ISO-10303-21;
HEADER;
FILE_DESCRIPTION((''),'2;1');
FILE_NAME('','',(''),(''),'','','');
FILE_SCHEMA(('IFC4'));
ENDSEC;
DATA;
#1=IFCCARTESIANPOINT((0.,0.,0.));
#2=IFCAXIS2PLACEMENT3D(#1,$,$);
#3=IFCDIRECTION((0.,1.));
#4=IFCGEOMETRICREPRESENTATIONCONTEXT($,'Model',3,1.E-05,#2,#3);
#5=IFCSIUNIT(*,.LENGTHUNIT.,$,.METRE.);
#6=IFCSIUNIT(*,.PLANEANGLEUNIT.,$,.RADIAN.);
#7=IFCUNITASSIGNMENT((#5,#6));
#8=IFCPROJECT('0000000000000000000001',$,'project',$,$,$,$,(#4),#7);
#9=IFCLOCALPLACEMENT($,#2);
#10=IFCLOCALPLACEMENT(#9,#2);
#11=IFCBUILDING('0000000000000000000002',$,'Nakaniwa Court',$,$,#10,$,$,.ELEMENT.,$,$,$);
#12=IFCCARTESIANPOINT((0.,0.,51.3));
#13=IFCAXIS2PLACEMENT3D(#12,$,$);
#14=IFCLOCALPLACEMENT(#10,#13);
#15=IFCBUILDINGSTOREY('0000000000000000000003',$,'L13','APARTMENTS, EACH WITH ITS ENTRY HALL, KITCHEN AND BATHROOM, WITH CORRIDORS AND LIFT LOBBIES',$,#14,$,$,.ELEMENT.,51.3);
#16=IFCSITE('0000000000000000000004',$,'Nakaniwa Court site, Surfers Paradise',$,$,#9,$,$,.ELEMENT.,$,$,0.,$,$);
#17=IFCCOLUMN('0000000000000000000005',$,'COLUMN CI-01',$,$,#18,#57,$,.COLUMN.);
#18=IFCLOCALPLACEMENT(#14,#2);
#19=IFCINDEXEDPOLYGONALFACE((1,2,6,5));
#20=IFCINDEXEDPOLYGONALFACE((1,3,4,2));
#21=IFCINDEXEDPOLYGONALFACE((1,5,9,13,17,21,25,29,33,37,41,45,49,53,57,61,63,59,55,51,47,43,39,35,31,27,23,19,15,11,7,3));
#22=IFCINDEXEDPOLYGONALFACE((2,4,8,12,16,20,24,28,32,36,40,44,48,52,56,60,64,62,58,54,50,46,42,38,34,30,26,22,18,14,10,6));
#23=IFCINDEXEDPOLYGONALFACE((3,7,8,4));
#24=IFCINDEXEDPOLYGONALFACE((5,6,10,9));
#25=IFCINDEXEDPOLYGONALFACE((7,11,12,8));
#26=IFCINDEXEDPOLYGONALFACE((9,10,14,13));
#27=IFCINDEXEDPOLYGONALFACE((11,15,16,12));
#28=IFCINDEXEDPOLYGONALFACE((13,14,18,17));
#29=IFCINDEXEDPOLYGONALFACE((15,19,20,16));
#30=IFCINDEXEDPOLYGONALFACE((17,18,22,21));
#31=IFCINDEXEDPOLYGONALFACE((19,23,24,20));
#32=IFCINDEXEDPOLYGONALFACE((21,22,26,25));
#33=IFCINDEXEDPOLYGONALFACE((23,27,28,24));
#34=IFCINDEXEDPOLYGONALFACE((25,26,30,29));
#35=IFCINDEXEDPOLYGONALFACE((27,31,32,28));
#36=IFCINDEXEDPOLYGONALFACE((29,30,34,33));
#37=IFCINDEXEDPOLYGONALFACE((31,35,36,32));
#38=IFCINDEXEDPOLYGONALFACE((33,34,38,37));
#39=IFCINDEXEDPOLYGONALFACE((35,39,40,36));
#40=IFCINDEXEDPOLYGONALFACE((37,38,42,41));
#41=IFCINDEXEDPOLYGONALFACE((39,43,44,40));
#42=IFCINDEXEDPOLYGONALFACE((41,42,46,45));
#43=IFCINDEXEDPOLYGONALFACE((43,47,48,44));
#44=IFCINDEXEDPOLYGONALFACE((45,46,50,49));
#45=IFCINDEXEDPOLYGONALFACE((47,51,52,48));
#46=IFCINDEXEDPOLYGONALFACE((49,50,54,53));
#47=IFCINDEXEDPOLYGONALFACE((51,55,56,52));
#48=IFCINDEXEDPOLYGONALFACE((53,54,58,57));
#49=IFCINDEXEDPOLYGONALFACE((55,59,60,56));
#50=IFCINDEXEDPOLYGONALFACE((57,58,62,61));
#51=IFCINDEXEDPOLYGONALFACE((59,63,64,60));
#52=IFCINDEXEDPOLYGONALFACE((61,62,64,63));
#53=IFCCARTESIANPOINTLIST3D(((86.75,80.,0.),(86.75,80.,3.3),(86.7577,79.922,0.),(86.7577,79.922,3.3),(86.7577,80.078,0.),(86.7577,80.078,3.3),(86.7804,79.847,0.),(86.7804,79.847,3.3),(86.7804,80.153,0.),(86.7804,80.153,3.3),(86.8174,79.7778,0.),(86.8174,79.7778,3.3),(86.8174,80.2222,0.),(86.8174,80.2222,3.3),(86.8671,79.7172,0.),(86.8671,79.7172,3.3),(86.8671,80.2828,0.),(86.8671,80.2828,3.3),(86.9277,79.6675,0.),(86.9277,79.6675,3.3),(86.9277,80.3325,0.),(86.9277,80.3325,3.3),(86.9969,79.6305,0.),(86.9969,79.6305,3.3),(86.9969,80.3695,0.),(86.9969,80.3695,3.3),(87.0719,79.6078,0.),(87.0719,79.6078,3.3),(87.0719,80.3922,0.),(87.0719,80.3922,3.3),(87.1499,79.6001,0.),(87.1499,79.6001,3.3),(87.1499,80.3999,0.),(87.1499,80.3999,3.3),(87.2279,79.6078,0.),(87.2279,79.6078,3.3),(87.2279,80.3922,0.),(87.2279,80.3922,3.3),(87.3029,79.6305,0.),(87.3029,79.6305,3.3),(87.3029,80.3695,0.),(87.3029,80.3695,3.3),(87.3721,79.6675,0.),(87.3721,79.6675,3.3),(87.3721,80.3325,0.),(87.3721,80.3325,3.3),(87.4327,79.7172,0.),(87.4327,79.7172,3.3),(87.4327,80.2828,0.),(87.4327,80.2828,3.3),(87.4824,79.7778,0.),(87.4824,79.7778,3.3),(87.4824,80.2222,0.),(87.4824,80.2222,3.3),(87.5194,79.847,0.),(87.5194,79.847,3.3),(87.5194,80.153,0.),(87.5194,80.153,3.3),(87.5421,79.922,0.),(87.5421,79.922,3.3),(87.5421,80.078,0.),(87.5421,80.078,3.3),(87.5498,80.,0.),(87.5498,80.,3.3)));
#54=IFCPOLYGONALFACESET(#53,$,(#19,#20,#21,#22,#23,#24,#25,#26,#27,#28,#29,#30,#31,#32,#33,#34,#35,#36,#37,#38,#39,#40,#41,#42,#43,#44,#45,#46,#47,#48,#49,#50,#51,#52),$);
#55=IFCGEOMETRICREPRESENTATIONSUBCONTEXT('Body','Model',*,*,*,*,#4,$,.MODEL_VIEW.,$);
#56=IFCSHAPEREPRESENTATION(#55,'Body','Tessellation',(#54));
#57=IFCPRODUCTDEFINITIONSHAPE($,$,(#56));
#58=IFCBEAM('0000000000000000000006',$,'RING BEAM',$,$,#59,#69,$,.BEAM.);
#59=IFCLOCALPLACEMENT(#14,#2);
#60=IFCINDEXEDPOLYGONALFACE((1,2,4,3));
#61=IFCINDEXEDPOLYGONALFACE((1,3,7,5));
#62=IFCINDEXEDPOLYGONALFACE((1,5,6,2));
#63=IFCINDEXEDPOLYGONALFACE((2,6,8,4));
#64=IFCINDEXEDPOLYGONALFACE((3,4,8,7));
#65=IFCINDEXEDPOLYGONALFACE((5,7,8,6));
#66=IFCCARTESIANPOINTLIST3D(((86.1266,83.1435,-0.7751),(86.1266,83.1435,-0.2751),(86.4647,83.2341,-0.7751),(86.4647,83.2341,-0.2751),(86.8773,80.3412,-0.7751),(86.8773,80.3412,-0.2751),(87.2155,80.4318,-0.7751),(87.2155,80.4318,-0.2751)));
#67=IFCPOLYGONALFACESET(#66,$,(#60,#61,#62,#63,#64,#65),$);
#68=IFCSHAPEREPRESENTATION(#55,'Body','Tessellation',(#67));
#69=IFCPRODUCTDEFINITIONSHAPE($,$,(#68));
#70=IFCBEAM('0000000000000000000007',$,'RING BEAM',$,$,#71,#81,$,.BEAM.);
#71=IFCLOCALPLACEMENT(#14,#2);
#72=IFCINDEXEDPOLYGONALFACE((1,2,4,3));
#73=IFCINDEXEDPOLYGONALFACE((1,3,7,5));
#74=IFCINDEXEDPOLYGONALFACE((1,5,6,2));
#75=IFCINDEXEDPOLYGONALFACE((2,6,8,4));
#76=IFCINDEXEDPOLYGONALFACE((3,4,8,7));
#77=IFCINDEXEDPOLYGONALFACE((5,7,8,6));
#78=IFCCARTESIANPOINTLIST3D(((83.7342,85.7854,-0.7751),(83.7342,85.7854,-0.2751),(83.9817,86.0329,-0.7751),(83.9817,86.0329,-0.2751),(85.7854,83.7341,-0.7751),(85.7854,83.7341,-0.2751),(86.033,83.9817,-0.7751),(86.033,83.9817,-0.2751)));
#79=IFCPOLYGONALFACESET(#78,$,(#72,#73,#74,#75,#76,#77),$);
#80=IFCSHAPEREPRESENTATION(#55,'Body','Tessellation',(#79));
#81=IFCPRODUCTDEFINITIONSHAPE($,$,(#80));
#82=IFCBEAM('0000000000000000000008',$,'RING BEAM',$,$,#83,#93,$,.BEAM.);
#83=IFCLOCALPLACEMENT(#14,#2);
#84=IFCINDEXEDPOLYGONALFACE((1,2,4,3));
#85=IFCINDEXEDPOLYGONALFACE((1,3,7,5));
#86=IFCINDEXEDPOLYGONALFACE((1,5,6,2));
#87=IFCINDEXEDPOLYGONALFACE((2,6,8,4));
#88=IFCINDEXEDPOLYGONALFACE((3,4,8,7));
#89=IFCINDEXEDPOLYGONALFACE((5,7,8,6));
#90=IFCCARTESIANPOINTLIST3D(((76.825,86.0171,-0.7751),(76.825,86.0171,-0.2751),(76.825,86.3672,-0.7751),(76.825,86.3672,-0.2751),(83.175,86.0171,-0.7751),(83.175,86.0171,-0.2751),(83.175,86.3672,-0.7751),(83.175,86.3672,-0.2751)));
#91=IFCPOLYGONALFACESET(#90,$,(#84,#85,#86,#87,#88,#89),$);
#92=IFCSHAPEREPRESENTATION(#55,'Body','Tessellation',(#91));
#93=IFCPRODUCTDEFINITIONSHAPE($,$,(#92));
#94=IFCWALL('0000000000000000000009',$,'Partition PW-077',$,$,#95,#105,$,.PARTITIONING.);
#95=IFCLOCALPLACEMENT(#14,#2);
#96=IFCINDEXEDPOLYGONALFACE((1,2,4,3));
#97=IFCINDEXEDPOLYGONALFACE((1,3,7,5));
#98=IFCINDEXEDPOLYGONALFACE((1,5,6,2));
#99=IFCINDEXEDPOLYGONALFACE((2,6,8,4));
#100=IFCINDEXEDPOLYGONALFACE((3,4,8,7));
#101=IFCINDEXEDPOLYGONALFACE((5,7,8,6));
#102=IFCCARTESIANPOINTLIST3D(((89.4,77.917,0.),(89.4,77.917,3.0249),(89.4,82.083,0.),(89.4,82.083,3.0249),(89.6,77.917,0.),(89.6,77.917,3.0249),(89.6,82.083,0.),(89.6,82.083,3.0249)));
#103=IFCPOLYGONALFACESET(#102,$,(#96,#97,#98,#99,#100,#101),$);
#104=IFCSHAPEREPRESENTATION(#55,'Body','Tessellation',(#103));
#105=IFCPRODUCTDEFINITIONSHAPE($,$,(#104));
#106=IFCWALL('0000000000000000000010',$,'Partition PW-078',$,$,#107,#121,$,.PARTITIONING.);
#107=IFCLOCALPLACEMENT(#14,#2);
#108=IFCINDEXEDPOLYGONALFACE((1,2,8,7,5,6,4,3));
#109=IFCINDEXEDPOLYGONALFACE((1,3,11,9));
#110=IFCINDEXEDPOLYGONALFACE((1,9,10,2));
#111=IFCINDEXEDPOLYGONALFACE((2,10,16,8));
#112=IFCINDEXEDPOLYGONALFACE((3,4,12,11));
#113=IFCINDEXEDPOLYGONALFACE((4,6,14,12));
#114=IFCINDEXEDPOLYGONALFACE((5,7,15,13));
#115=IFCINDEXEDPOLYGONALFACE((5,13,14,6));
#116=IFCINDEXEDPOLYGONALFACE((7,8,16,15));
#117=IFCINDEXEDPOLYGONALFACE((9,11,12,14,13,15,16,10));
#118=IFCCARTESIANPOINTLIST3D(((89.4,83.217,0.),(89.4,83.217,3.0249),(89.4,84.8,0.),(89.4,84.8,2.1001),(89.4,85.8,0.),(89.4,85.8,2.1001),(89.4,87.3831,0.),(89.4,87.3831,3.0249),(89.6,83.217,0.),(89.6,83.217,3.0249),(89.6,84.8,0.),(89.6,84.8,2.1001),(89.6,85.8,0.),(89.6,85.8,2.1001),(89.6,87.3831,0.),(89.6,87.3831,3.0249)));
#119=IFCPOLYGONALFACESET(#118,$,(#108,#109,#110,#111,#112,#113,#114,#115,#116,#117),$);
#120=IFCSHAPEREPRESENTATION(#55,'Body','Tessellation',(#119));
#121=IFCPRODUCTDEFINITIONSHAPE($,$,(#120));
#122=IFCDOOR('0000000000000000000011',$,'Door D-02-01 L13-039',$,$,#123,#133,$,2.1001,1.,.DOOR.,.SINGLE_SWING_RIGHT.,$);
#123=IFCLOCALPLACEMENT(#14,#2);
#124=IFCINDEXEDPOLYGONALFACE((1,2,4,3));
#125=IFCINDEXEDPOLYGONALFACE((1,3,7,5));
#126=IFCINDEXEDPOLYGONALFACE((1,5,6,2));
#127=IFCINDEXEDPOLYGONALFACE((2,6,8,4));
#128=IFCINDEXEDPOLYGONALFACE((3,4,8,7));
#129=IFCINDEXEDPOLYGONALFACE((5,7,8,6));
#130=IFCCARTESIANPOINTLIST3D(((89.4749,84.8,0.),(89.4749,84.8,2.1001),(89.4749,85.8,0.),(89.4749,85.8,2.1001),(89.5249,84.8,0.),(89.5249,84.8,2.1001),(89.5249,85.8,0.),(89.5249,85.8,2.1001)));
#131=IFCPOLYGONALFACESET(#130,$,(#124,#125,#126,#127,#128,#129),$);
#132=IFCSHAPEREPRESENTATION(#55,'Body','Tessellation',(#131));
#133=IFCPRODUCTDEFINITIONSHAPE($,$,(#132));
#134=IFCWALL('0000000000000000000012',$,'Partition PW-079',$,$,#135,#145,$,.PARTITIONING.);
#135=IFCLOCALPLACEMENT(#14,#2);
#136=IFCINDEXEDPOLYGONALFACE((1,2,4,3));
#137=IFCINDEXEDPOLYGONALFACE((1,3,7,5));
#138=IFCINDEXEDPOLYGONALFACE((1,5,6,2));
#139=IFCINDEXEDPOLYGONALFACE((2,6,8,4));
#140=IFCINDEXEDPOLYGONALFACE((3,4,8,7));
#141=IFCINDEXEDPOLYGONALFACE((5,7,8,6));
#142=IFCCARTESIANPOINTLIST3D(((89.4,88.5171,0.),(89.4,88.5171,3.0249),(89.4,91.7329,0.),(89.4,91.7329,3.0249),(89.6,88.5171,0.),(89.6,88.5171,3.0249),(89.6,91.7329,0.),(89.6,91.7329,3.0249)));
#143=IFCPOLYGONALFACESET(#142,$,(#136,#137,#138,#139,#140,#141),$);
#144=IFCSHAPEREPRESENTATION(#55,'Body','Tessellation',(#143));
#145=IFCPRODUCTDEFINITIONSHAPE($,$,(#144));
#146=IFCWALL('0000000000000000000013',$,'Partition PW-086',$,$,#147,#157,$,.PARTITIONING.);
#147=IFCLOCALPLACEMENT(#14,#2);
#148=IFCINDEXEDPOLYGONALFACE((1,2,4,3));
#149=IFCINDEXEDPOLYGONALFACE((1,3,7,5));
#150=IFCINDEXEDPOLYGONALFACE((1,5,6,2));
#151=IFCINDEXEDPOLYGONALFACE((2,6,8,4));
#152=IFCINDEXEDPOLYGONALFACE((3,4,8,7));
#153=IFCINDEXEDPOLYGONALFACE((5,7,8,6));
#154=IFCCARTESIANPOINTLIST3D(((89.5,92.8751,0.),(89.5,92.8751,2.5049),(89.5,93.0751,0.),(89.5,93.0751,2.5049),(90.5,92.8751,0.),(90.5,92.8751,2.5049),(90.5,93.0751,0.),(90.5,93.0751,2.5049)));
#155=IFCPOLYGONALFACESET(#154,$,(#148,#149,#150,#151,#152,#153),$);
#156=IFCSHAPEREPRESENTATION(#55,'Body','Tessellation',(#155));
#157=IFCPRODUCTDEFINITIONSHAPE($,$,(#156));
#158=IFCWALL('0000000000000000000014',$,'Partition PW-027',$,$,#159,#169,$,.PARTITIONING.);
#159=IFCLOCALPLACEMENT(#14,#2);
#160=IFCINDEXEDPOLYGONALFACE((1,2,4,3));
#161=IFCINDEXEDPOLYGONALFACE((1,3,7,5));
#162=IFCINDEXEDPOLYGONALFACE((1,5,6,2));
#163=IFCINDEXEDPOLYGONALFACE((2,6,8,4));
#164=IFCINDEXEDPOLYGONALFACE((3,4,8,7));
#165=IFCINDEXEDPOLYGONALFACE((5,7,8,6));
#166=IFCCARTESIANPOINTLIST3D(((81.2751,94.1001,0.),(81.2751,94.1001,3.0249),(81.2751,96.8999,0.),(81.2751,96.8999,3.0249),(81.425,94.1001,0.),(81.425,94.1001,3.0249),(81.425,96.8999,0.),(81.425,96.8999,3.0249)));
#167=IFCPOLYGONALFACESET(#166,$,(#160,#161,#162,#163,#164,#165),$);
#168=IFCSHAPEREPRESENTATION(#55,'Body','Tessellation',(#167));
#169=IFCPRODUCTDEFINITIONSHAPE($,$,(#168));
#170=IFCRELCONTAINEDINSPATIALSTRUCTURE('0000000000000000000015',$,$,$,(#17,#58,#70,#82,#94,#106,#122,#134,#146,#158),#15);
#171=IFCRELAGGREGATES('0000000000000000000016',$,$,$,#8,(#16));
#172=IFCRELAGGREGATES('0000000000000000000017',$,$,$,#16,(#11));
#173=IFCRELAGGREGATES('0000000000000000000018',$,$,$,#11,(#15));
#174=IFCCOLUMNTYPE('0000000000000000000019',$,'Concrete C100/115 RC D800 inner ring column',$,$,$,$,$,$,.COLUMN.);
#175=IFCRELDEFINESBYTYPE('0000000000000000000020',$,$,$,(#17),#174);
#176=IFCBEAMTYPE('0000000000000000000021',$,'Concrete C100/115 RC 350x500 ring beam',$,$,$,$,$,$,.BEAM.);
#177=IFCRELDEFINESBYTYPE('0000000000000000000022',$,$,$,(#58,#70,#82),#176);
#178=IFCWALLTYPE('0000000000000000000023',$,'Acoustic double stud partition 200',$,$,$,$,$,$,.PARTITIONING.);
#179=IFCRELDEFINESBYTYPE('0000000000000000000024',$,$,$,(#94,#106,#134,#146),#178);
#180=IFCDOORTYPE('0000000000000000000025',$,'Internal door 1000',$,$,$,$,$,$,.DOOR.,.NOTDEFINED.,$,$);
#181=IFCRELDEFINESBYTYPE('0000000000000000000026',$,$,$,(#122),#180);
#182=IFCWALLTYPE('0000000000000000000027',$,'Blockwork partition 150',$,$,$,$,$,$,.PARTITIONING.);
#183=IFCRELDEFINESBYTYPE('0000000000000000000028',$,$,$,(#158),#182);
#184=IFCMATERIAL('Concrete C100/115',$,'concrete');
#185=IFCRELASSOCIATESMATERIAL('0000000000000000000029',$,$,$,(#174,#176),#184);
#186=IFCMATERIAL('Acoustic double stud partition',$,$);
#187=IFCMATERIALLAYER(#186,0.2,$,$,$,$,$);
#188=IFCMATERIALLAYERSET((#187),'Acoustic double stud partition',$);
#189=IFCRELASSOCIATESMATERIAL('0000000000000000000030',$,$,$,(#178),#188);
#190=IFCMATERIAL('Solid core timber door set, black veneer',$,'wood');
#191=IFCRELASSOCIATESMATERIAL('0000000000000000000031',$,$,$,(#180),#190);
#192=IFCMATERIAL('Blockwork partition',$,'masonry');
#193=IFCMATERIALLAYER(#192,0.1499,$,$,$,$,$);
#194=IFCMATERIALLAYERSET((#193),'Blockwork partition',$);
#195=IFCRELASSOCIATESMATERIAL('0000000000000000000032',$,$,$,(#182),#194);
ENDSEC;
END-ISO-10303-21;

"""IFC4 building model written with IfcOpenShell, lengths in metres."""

from ifc_helpers import new_model, si_unit, direction, frame, frame_2d, origin, origin_2d, place, context, subcontext, project, spatial, rectangle, circle, extrude, material, layer, layer_set, material_profile, profile_set, type_object, element, fill, save


model = new_model("IFC4")

# Units and contexts
model_context = context("Model", 3, precision=1e-05, world=origin(), true_north=direction((0.0, 1.0)))
body_context = subcontext(model_context, "Body", "Model", "MODEL_VIEW")
ifc_project = project(units=[si_unit("LENGTHUNIT", "METRE"), si_unit("PLANEANGLEUNIT", "RADIAN")], contexts=[model_context])

# Site, building, storey
site_placement = place(None, origin())
site = spatial("IfcSite", under=ifc_project, at=site_placement, Name="Nakaniwa Court site, Surfers Paradise", CompositionType="ELEMENT", RefElevation=0.0)
building_placement = place(site_placement, origin())
building = spatial("IfcBuilding", under=site, at=building_placement, Name="Nakaniwa Court", CompositionType="ELEMENT")
storey_placement = place(building_placement, frame((0.0, 0.0, 51.3)))
storey = spatial("IfcBuildingStorey", under=building, at=storey_placement, Name="L13", Description="APARTMENTS, EACH WITH ITS ENTRY HALL, KITCHEN AND BATHROOM, WITH CORRIDORS AND LIFT LOBBIES", CompositionType="ELEMENT", Elevation=51.3)

# Column
ifc_material_1 = material(Name="Concrete C100/115", Category="concrete")
ifc_material_profile_1 = material_profile(ifc_material_1, circle(Radius=0.3999, at=origin_2d()), Name="Concrete C100/115 RC D800 inner ring column")
ifc_profile_set_1 = profile_set([ifc_material_profile_1], Name="Concrete C100/115")
column_type = type_object("IfcColumnType", Name="Concrete C100/115 RC D800 inner ring column", PredefinedType="COLUMN", material=ifc_profile_set_1)
for number, where, z_axis, x_axis, name in (
    (1, (87.1499, 80.0, 0.0), (0.0, 0.0, 1.0), (0.0, 1.0, 0.0), "COLUMN CI-01"),
):
    element("IfcColumn", number, at=place(storey_placement, frame(where, z_axis=z_axis, x_axis=x_axis)), inside=storey, type_object=column_type, Name=name, PredefinedType="COLUMN", context=body_context, shape_type="SweptSolid", body=[
        extrude(circle(Radius=0.3999, at=origin_2d()), origin(), (0.0, 0.0, 1.0), 3.3),
    ])

# Beams
ifc_material_profile_2 = material_profile(ifc_material_1, rectangle(XDim=0.3501, YDim=0.5, at=origin_2d()), Name="Concrete C100/115 RC 350x500 ring beam")
ifc_profile_set_2 = profile_set([ifc_material_profile_2], Name="Concrete C100/115")
beam_type = type_object("IfcBeamType", Name="Concrete C100/115 RC 350x500 ring beam", PredefinedType="BEAM", material=ifc_profile_set_2)
beam_1_placement = place(storey_placement, frame((87.0464, 80.3865, -0.5251), z_axis=(-0.258778, 0.965937, 0.0), x_axis=(-0.965937, -0.258778, 0.0)))
element("IfcBeam", 2, at=beam_1_placement, inside=storey, type_object=beam_type, Name="RING BEAM", PredefinedType="BEAM", context=body_context, shape_type="SweptSolid", body=[
    extrude(rectangle(XDim=0.3501, YDim=0.5, at=origin_2d()), origin(), (0.0, 0.0, 1.0), 2.9011),
])
beam_2_placement = place(storey_placement, frame((85.9092, 83.8579, -0.5251), z_axis=(-0.707107, 0.707107, 0.0), x_axis=(-0.707107, -0.707107, 0.0)))
element("IfcBeam", 3, at=beam_2_placement, inside=storey, type_object=beam_type, Name="RING BEAM", PredefinedType="BEAM", context=body_context, shape_type="SweptSolid", body=[
    extrude(rectangle(XDim=0.3501, YDim=0.5, at=origin_2d()), origin(), (0.0, 0.0, 1.0), 2.9009),
])
beam_3_placement = place(storey_placement, frame((83.175, 86.1921, -0.5251), z_axis=(-1.0, 0.0, 0.0), x_axis=(0.0, -1.0, 0.0)))
element("IfcBeam", 4, at=beam_3_placement, inside=storey, type_object=beam_type, Name="RING BEAM", PredefinedType="BEAM", context=body_context, shape_type="SweptSolid", body=[
    extrude(rectangle(XDim=0.3501, YDim=0.5, at=origin_2d()), origin(), (0.0, 0.0, 1.0), 6.3501),
])

# Wall
ifc_material_2 = material(Name="Acoustic double stud partition")
ifc_layer_1 = layer(ifc_material_2, 0.2)
ifc_layer_set_1 = layer_set([ifc_layer_1], Name="Acoustic double stud partition")
wall_type_1 = type_object("IfcWallType", Name="Acoustic double stud partition 200", PredefinedType="PARTITIONING", material=ifc_layer_set_1)
wall_1_placement = place(storey_placement, frame((89.5, 77.917, 0.0), z_axis=(0.0, 0.0, 1.0), x_axis=(0.0, 1.0, 0.0)))
element("IfcWall", 5, at=wall_1_placement, inside=storey, type_object=wall_type_1, Name="Partition PW-077", PredefinedType="PARTITIONING", context=body_context, shape_type="SweptSolid", body=[
    extrude(rectangle(XDim=4.166, YDim=0.2, at=frame_2d((2.083, 0.0))), origin(), (0.0, 0.0, 1.0), 3.0249),
])

# Wall, opening, door
wall_2_placement = place(storey_placement, frame((89.5, 87.3831, 0.0), z_axis=(0.0, 0.0, 1.0), x_axis=(0.0, -1.0, 0.0)))
wall_2 = element("IfcWall", 6, at=wall_2_placement, inside=storey, type_object=wall_type_1, Name="Partition PW-078", PredefinedType="PARTITIONING", context=body_context, shape_type="SweptSolid", body=[
    extrude(rectangle(XDim=4.166, YDim=0.2, at=frame_2d((2.083, 0.0))), origin(), (0.0, 0.0, 1.0), 3.0249),
])
opening_1_placement = place(wall_2_placement, frame((1.583, 0.0, 0.0)))
opening_1 = element("IfcOpeningElement", 7, at=opening_1_placement, cuts=wall_2, PredefinedType="OPENING", context=body_context, shape_type="SweptSolid", body=[
    extrude(rectangle(XDim=1.0, YDim=2.1001, at=frame_2d((0.5, 1.05))), frame((0.0, 0.1099, 0.0), z_axis=(0.0, -1.0, 0.0), x_axis=(1.0, 0.0, 0.0)), (0.0, 0.0, 1.0), 0.22),
])
ifc_material_3 = material(Name="Solid core timber door set, black veneer", Category="wood")
door_type_1 = type_object("IfcDoorType", Name="Internal door 1000", OperationType="NOTDEFINED", PredefinedType="DOOR", material=ifc_material_3)
door_1_placement = place(opening_1_placement, origin())
door_1 = element("IfcDoor", 8, at=door_1_placement, inside=storey, type_object=door_type_1, Name="Door D-02-01 L13-039", OperationType="SINGLE_SWING_RIGHT", OverallHeight=2.1001, OverallWidth=1.0, PredefinedType="DOOR", context=body_context, shape_type="SweptSolid", body=[
    extrude(rectangle(XDim=1.0, YDim=2.1001, at=frame_2d((0.5, 1.05))), frame((0.0, 0.0249, 0.0), z_axis=(0.0, -1.0, 0.0), x_axis=(1.0, 0.0, 0.0)), (0.0, 0.0, 1.0), 0.05),
])
fill(opening_1, door_1)

# Walls
wall_3_placement = place(storey_placement, frame((89.5, 88.5171, 0.0), z_axis=(0.0, 0.0, 1.0), x_axis=(0.0, 1.0, 0.0)))
element("IfcWall", 9, at=wall_3_placement, inside=storey, type_object=wall_type_1, Name="Partition PW-079", PredefinedType="PARTITIONING", context=body_context, shape_type="SweptSolid", body=[
    extrude(rectangle(XDim=3.2158, YDim=0.2, at=frame_2d((1.6079, 0.0))), origin(), (0.0, 0.0, 1.0), 3.0249),
])
wall_4_placement = place(storey_placement, frame((89.5, 92.9751, 0.0), z_axis=(0.0, 0.0, 1.0), x_axis=(1.0, 0.0, 0.0)))
element("IfcWall", 10, at=wall_4_placement, inside=storey, type_object=wall_type_1, Name="Partition PW-086", PredefinedType="PARTITIONING", context=body_context, shape_type="SweptSolid", body=[
    extrude(rectangle(XDim=1.0, YDim=0.2, at=frame_2d((0.5, 0.0))), origin(), (0.0, 0.0, 1.0), 2.5049),
])
ifc_material_4 = material(Name="Blockwork partition", Category="masonry")
ifc_layer_2 = layer(ifc_material_4, 0.1499)
ifc_layer_set_2 = layer_set([ifc_layer_2], Name="Blockwork partition")
wall_type_2 = type_object("IfcWallType", Name="Blockwork partition 150", PredefinedType="PARTITIONING", material=ifc_layer_set_2)
wall_5_placement = place(storey_placement, frame((81.3501, 94.1001, 0.0), z_axis=(0.0, 0.0, 1.0), x_axis=(0.0, 1.0, 0.0)))
element("IfcWall", 11, at=wall_5_placement, inside=storey, type_object=wall_type_2, Name="Partition PW-027", PredefinedType="PARTITIONING", context=body_context, shape_type="SweptSolid", body=[
    extrude(rectangle(XDim=2.7998, YDim=0.1499, at=frame_2d((1.3999, 0.0))), origin(), (0.0, 0.0, 1.0), 3.0249),
])

save(model, "model.ifc")
